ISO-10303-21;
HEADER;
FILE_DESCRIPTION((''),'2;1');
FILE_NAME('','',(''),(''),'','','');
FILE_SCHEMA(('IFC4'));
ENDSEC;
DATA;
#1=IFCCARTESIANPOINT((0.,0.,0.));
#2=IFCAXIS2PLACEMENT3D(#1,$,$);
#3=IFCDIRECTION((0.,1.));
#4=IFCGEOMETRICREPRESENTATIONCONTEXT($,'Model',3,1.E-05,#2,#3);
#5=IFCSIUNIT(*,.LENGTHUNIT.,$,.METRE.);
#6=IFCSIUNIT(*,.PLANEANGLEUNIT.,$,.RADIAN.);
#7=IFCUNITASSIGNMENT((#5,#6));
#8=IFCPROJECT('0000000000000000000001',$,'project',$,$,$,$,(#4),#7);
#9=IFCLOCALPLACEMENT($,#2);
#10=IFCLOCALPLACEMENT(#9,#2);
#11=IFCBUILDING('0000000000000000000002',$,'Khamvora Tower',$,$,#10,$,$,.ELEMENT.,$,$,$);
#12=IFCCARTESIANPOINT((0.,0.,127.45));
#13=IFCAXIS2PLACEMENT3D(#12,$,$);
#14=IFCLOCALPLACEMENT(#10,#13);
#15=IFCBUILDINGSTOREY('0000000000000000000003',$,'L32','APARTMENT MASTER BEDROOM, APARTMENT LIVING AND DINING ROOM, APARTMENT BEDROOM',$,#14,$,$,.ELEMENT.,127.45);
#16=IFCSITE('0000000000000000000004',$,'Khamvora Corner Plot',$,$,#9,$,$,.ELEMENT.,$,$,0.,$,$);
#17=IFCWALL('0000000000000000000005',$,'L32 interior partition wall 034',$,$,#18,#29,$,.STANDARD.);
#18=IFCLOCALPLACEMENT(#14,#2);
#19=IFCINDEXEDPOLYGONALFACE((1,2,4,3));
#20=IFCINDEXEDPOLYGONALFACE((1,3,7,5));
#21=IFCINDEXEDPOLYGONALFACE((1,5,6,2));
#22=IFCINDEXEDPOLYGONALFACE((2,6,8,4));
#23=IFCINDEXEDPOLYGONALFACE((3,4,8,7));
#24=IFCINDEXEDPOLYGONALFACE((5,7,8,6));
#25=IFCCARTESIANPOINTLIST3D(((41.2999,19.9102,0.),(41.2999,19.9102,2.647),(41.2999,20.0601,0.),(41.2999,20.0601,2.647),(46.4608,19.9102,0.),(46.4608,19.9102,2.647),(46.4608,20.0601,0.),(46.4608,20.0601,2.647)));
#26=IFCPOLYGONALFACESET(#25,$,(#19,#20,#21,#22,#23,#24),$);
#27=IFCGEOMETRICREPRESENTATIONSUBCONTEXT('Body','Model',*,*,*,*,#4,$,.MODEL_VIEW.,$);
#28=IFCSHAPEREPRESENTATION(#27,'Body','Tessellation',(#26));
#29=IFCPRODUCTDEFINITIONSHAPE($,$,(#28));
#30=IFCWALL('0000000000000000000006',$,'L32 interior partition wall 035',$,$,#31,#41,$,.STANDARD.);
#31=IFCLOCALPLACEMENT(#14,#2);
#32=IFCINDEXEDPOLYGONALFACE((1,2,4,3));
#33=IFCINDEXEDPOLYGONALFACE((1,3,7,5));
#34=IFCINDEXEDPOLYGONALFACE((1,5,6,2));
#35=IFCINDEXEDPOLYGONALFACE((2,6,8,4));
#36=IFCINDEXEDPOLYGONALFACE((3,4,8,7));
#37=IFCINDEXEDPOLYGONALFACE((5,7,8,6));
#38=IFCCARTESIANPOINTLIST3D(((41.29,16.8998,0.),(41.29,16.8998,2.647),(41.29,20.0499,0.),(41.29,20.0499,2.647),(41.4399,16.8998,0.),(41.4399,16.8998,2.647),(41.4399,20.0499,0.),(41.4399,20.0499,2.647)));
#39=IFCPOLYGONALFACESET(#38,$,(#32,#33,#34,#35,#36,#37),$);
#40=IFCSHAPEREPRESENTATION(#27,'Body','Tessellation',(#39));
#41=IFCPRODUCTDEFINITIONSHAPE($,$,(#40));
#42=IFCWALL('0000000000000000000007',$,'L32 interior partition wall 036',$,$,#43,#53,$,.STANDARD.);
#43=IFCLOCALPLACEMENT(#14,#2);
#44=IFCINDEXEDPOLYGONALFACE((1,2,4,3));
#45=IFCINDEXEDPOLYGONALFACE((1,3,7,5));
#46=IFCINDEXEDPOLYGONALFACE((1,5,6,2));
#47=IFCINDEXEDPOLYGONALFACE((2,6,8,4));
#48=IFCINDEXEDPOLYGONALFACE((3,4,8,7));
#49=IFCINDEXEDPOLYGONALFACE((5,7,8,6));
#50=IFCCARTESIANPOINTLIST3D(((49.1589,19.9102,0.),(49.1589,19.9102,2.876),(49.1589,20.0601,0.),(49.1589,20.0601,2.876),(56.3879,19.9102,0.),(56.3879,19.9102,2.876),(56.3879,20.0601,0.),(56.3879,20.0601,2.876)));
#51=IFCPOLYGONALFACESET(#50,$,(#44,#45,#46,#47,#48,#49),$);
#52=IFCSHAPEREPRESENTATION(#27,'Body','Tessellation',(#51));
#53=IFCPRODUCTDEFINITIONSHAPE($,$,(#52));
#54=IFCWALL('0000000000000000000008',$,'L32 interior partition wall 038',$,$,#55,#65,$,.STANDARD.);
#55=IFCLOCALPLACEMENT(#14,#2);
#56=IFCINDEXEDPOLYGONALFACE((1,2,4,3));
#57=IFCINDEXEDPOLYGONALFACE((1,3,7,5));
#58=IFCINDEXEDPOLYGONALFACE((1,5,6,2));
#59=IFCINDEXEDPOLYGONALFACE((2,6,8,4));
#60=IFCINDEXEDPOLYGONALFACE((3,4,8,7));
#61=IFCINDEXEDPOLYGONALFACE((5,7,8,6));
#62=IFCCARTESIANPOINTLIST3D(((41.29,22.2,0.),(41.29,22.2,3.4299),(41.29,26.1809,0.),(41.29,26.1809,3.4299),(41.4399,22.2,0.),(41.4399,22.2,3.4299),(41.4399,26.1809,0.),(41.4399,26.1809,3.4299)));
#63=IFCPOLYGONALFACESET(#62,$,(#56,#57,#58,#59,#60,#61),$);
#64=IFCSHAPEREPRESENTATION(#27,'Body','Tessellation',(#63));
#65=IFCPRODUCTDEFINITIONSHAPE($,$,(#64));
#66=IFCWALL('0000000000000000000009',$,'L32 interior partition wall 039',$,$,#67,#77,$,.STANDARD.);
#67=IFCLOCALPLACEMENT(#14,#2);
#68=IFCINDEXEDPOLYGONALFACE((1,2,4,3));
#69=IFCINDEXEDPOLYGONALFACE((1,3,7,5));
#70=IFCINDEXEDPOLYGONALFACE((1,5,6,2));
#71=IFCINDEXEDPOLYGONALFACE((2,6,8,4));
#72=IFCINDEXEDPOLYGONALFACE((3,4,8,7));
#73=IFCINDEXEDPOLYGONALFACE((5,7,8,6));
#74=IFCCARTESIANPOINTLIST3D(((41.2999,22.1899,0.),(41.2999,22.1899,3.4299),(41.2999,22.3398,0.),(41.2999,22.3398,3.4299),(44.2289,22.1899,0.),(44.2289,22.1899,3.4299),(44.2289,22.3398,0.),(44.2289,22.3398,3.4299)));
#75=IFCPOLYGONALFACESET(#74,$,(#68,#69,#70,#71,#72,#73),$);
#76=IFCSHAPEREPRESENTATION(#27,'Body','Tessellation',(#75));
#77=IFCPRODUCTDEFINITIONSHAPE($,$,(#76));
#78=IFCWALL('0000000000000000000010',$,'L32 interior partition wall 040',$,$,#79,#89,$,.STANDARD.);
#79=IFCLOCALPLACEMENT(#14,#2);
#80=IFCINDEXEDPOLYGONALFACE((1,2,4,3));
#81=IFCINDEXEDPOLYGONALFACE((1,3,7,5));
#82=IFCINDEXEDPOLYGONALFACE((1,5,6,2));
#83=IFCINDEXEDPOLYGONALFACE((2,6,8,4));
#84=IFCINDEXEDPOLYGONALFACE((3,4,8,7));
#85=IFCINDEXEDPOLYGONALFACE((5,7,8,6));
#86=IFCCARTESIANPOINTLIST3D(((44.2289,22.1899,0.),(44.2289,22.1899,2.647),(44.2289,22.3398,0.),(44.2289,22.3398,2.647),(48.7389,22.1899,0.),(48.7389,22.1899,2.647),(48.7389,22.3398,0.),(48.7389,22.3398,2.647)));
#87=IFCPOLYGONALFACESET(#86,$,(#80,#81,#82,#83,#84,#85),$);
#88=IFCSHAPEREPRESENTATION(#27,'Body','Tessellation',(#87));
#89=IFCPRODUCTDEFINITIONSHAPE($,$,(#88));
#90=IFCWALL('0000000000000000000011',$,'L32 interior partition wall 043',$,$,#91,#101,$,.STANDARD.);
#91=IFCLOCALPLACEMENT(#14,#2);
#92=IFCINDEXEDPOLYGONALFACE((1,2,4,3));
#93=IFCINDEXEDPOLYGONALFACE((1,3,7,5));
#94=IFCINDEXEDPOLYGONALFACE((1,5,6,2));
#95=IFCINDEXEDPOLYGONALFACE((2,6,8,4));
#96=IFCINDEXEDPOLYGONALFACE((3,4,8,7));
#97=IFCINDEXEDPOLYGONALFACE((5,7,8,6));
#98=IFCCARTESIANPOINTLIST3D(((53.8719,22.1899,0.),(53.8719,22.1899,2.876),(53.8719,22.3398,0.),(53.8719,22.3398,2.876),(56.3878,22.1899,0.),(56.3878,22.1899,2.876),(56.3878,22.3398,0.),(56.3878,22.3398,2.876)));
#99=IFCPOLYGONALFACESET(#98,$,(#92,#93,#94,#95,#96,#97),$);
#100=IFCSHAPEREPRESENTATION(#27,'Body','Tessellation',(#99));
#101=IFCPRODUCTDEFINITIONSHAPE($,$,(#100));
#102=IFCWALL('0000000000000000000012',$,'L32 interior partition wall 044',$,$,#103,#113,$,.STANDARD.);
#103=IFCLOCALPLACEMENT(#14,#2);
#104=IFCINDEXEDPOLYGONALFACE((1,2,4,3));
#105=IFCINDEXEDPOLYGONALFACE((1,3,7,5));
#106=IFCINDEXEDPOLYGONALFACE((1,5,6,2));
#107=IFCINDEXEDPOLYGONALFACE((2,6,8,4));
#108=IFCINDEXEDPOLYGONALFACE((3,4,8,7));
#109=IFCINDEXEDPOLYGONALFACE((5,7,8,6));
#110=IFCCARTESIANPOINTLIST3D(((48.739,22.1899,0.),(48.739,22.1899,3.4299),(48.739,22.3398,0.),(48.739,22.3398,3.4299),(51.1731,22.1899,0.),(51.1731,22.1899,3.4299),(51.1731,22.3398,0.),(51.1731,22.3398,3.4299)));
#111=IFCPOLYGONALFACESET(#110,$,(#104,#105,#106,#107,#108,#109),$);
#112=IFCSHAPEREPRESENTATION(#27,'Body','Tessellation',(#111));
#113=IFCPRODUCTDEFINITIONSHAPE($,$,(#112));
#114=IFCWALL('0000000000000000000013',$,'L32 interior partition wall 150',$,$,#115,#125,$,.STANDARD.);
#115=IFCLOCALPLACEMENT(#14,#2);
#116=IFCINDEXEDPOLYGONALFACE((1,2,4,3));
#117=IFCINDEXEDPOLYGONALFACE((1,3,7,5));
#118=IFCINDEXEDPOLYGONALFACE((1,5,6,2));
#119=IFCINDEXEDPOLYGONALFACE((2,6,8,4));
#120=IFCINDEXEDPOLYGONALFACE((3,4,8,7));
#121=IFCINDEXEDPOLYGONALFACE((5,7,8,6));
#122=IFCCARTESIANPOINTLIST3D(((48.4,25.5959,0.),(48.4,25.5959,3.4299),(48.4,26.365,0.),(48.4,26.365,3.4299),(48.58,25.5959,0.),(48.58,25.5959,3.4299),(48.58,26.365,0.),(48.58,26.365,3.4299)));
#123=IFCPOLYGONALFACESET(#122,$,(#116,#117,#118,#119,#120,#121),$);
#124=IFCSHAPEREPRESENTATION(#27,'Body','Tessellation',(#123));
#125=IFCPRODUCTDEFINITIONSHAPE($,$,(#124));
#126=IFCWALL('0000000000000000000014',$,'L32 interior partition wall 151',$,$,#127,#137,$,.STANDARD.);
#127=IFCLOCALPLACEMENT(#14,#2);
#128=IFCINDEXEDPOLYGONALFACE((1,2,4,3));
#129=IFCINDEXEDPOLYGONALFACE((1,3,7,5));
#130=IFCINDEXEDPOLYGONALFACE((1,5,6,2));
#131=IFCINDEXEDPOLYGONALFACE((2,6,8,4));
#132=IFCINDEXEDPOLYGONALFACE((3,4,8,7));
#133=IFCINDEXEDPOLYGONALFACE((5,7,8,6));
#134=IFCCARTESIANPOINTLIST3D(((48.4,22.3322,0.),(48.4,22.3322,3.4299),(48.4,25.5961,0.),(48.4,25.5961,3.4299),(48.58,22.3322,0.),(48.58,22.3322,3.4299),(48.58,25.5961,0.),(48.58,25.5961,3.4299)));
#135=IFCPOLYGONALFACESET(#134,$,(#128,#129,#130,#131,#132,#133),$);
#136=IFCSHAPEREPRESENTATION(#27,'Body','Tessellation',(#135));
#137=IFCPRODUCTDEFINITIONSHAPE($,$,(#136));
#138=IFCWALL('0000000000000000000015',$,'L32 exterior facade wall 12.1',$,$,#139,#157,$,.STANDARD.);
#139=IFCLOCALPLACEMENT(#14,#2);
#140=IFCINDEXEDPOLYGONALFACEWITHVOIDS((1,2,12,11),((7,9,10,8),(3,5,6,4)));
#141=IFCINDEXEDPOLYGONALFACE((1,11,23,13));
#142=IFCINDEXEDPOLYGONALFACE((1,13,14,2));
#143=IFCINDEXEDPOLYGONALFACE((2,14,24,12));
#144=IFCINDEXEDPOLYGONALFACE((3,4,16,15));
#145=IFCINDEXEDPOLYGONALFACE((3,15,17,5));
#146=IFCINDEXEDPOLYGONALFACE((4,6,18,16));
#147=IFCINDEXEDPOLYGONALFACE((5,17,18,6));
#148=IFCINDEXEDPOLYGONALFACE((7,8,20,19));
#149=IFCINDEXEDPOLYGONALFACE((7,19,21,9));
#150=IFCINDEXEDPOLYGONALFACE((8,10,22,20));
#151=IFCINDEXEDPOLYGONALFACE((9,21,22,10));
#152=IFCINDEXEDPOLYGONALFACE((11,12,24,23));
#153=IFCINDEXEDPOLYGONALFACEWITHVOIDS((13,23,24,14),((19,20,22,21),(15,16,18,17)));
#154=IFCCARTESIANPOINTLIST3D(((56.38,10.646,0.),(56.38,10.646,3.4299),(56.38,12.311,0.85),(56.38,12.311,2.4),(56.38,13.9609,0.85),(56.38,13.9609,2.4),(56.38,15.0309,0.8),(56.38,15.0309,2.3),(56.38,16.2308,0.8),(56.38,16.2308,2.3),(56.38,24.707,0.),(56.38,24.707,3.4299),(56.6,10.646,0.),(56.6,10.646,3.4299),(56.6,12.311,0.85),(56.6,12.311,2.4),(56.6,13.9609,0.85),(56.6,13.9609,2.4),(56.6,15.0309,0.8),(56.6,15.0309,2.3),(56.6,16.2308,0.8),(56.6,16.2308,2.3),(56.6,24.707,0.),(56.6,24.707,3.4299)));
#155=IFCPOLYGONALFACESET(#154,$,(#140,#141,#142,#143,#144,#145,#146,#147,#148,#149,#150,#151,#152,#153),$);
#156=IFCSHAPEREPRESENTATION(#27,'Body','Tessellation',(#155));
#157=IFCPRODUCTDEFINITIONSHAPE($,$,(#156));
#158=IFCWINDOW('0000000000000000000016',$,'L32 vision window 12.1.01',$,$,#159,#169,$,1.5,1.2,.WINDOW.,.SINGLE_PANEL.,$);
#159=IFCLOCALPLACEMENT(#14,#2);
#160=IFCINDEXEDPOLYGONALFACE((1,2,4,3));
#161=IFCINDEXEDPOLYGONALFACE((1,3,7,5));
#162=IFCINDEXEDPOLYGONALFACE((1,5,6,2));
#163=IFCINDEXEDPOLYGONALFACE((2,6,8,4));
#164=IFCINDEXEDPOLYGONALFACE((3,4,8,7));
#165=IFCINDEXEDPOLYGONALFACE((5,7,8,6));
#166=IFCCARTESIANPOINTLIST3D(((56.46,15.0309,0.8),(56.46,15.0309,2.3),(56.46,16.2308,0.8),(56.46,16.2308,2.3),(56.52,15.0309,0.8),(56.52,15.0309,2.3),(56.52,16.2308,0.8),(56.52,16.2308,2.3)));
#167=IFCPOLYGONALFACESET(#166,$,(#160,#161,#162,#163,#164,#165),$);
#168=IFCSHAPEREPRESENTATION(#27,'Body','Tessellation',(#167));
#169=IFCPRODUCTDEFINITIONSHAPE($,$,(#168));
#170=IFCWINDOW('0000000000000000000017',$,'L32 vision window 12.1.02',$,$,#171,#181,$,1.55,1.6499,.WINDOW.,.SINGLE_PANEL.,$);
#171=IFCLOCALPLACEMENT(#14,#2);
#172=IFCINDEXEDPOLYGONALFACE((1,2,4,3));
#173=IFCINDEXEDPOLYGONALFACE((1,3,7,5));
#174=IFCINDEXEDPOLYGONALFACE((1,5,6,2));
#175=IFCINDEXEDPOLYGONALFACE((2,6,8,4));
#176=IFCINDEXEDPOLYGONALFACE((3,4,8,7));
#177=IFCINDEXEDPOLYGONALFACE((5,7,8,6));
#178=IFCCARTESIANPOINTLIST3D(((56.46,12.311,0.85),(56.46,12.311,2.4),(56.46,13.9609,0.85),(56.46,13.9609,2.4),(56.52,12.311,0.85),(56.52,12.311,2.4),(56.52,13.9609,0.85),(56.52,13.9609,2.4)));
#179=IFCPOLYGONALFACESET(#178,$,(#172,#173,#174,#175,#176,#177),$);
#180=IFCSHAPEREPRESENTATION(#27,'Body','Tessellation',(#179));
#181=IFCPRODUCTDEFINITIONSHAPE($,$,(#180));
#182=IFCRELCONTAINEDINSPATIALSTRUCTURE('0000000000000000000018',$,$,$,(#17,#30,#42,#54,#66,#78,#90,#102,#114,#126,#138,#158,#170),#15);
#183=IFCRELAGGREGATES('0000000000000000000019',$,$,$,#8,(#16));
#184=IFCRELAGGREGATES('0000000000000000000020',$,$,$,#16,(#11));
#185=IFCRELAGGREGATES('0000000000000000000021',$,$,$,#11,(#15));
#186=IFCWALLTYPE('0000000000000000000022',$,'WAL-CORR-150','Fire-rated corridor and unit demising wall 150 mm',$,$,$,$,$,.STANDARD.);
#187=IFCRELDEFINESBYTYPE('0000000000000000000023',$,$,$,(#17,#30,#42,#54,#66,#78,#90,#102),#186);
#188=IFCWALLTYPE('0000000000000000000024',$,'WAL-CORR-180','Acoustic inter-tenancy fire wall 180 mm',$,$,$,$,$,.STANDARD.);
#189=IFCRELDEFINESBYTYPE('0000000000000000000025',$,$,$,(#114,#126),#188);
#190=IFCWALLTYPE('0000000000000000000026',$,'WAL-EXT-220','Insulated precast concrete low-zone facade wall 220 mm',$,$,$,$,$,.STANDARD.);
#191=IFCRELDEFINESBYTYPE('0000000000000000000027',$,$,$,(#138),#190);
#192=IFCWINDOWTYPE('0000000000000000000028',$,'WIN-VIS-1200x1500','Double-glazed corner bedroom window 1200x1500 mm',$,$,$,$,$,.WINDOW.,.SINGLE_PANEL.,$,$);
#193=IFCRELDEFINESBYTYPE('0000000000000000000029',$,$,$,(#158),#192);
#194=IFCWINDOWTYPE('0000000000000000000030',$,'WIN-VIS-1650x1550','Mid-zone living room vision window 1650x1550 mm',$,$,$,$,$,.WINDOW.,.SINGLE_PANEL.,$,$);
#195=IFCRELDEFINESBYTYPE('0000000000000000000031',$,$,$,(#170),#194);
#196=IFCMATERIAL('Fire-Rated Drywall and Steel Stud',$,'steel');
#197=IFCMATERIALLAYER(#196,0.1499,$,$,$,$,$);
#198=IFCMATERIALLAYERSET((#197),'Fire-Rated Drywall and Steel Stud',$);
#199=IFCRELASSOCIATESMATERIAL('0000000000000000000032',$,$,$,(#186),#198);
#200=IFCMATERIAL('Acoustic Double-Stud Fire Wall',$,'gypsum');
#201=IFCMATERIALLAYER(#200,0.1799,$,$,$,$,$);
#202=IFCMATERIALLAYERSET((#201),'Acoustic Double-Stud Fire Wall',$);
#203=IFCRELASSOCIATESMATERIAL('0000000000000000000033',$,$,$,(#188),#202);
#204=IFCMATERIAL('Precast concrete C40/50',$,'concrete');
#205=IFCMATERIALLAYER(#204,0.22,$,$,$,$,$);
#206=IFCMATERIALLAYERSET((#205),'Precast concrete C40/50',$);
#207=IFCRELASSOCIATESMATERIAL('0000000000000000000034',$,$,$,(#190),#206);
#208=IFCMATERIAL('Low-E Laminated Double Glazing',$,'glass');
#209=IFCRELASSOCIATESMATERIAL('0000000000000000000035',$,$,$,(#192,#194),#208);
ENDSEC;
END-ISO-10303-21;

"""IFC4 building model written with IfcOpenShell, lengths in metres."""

from ifc_helpers import new_model, si_unit, direction, frame, frame_2d, origin, place, context, subcontext, project, spatial, rectangle, extrude, material, layer, layer_set, type_object, element, fill, save


model = new_model("IFC4")

# Units and contexts
model_context = context("Model", 3, precision=1e-05, world=origin(), true_north=direction((0.0, 1.0)))
body_context = subcontext(model_context, "Body", "Model", "MODEL_VIEW")
ifc_project = project(units=[si_unit("LENGTHUNIT", "METRE"), si_unit("PLANEANGLEUNIT", "RADIAN")], contexts=[model_context])

# Site, building, storey
site_placement = place(None, origin())
site = spatial("IfcSite", under=ifc_project, at=site_placement, Name="Khamvora Corner Plot", CompositionType="ELEMENT", RefElevation=0.0)
building_placement = place(site_placement, origin())
building = spatial("IfcBuilding", under=site, at=building_placement, Name="Khamvora Tower", CompositionType="ELEMENT")
storey_placement = place(building_placement, frame((0.0, 0.0, 127.45)))
storey = spatial("IfcBuildingStorey", under=building, at=storey_placement, Name="L32", Description="APARTMENT MASTER BEDROOM, APARTMENT LIVING AND DINING ROOM, APARTMENT BEDROOM", CompositionType="ELEMENT", Elevation=127.45)

# Shared definitions
ifc_material_1 = material(Name="Fire-Rated Drywall and Steel Stud", Category="steel")
ifc_layer_1 = layer(ifc_material_1, 0.1499)
ifc_layer_set_1 = layer_set([ifc_layer_1], Name="Fire-Rated Drywall and Steel Stud")
wall_type_1 = type_object("IfcWallType", Name="WAL-CORR-150", Description="Fire-rated corridor and unit demising wall 150 mm", PredefinedType="STANDARD", material=ifc_layer_set_1)

# Walls
wall_1_placement = place(storey_placement, frame((46.4609, 19.9851, 0.0), z_axis=(0.0, 0.0, 1.0), x_axis=(-1.0, 0.0, 0.0)))
element("IfcWall", 1, at=wall_1_placement, inside=storey, type_object=wall_type_1, Name="L32 interior partition wall 034", PredefinedType="STANDARD", context=body_context, shape_type="SweptSolid", body=[
    extrude(rectangle(XDim=5.1609, YDim=0.1499, at=frame_2d((2.5806, 0.0))), origin(), (0.0, 0.0, 1.0), 2.647),
])
wall_2_placement = place(storey_placement, frame((41.365, 20.05, 0.0), z_axis=(0.0, 0.0, 1.0), x_axis=(0.0, -1.0, 0.0)))
element("IfcWall", 2, at=wall_2_placement, inside=storey, type_object=wall_type_1, Name="L32 interior partition wall 035", PredefinedType="STANDARD", context=body_context, shape_type="SweptSolid", body=[
    extrude(rectangle(XDim=3.1501, YDim=0.1499, at=frame_2d((1.5752, 0.0))), origin(), (0.0, 0.0, 1.0), 2.647),
])
wall_3_placement = place(storey_placement, frame((56.3879, 19.9851, 0.0), z_axis=(0.0, 0.0, 1.0), x_axis=(-1.0, 0.0, 0.0)))
element("IfcWall", 3, at=wall_3_placement, inside=storey, type_object=wall_type_1, Name="L32 interior partition wall 036", PredefinedType="STANDARD", context=body_context, shape_type="SweptSolid", body=[
    extrude(rectangle(XDim=7.229, YDim=0.1499, at=frame_2d((3.6145, 0.0))), origin(), (0.0, 0.0, 1.0), 2.876),
])
wall_4_placement = place(storey_placement, frame((41.365, 26.1809, 0.0), z_axis=(0.0, 0.0, 1.0), x_axis=(0.0, -1.0, 0.0)))
element("IfcWall", 4, at=wall_4_placement, inside=storey, type_object=wall_type_1, Name="L32 interior partition wall 038", PredefinedType="STANDARD", context=body_context, shape_type="SweptSolid", body=[
    extrude(rectangle(XDim=3.981, YDim=0.1499, at=frame_2d((1.9905, 0.0))), origin(), (0.0, 0.0, 1.0), 3.4299),
])
wall_5_placement = place(storey_placement, frame((41.3, 22.2649, 0.0), z_axis=(0.0, 0.0, 1.0), x_axis=(1.0, 0.0, 0.0)))
element("IfcWall", 5, at=wall_5_placement, inside=storey, type_object=wall_type_1, Name="L32 interior partition wall 039", PredefinedType="STANDARD", context=body_context, shape_type="SweptSolid", body=[
    extrude(rectangle(XDim=2.929, YDim=0.1499, at=frame_2d((1.4644, 0.0))), origin(), (0.0, 0.0, 1.0), 3.4299),
])
wall_6_placement = place(storey_placement, frame((44.229, 22.2649, 0.0), z_axis=(0.0, 0.0, 1.0), x_axis=(1.0, 0.0, 0.0)))
element("IfcWall", 6, at=wall_6_placement, inside=storey, type_object=wall_type_1, Name="L32 interior partition wall 040", PredefinedType="STANDARD", context=body_context, shape_type="SweptSolid", body=[
    extrude(rectangle(XDim=4.51, YDim=0.1499, at=frame_2d((2.2549, 0.0))), origin(), (0.0, 0.0, 1.0), 2.647),
])

# Walls
wall_7_placement = place(storey_placement, frame((53.8721, 22.2649, 0.0), z_axis=(0.0, 0.0, 1.0), x_axis=(1.0, 0.0, 0.0)))
element("IfcWall", 7, at=wall_7_placement, inside=storey, type_object=wall_type_1, Name="L32 interior partition wall 043", PredefinedType="STANDARD", context=body_context, shape_type="SweptSolid", body=[
    extrude(rectangle(XDim=2.5159, YDim=0.1499, at=frame_2d((1.2578, 0.0))), origin(), (0.0, 0.0, 1.0), 2.876),
])
wall_8_placement = place(storey_placement, frame((48.739, 22.2649, 0.0), z_axis=(0.0, 0.0, 1.0), x_axis=(1.0, 0.0, 0.0)))
element("IfcWall", 8, at=wall_8_placement, inside=storey, type_object=wall_type_1, Name="L32 interior partition wall 044", PredefinedType="STANDARD", context=body_context, shape_type="SweptSolid", body=[
    extrude(rectangle(XDim=2.4341, YDim=0.1499, at=frame_2d((1.217, 0.0))), origin(), (0.0, 0.0, 1.0), 3.4299),
])
ifc_material_2 = material(Name="Acoustic Double-Stud Fire Wall", Category="gypsum")
ifc_layer_2 = layer(ifc_material_2, 0.1799)
ifc_layer_set_2 = layer_set([ifc_layer_2], Name="Acoustic Double-Stud Fire Wall")
wall_type_2 = type_object("IfcWallType", Name="WAL-CORR-180", Description="Acoustic inter-tenancy fire wall 180 mm", PredefinedType="STANDARD", material=ifc_layer_set_2)
wall_9_placement = place(storey_placement, frame((48.49, 26.365, 0.0), z_axis=(0.0, 0.0, 1.0), x_axis=(0.0, -1.0, 0.0)))
element("IfcWall", 9, at=wall_9_placement, inside=storey, type_object=wall_type_2, Name="L32 interior partition wall 150", PredefinedType="STANDARD", context=body_context, shape_type="SweptSolid", body=[
    extrude(rectangle(XDim=0.769, YDim=0.1799, at=frame_2d((0.3845, 0.0))), origin(), (0.0, 0.0, 1.0), 3.4299),
])
wall_10_placement = place(storey_placement, frame((48.49, 25.5959, 0.0), z_axis=(0.0, 0.0, 1.0), x_axis=(0.0, -1.0, 0.0)))
element("IfcWall", 10, at=wall_10_placement, inside=storey, type_object=wall_type_2, Name="L32 interior partition wall 151", PredefinedType="STANDARD", context=body_context, shape_type="SweptSolid", body=[
    extrude(rectangle(XDim=3.2639, YDim=0.1799, at=frame_2d((1.6318, 0.0))), origin(), (0.0, 0.0, 1.0), 3.4299),
])

# Wall, openings, windows
ifc_material_3 = material(Name="Precast concrete C40/50", Category="concrete")
ifc_layer_3 = layer(ifc_material_3, 0.22)
ifc_layer_set_3 = layer_set([ifc_layer_3], Name="Precast concrete C40/50")
wall_type_3 = type_object("IfcWallType", Name="WAL-EXT-220", Description="Insulated precast concrete low-zone facade wall 220 mm", PredefinedType="STANDARD", material=ifc_layer_set_3)
wall_11_placement = place(storey_placement, frame((56.49, 24.707, 0.0), z_axis=(0.0, 0.0, 1.0), x_axis=(0.0, -1.0, 0.0)))
wall_11 = element("IfcWall", 11, at=wall_11_placement, inside=storey, type_object=wall_type_3, Name="L32 exterior facade wall 12.1", PredefinedType="STANDARD", context=body_context, shape_type="SweptSolid", body=[
    extrude(rectangle(XDim=14.061, YDim=0.22, at=frame_2d((7.0305, 0.0))), origin(), (0.0, 0.0, 1.0), 3.4299),
])
opening_1_placement = place(wall_11_placement, frame((8.4761, 0.0, 0.8)))
opening_1 = element("IfcOpeningElement", 12, at=opening_1_placement, cuts=wall_11, PredefinedType="OPENING", context=body_context, shape_type="SweptSolid", body=[
    extrude(rectangle(XDim=1.2, YDim=1.5, at=frame_2d((0.6001, 0.75))), frame((0.0, 0.1199, 0.0), z_axis=(0.0, -1.0, 0.0), x_axis=(1.0, 0.0, 0.0)), (0.0, 0.0, 1.0), 0.24),
])
opening_2_placement = place(wall_11_placement, frame((10.7461, 0.0, 0.8501)))
opening_2 = element("IfcOpeningElement", 13, at=opening_2_placement, cuts=wall_11, PredefinedType="OPENING", context=body_context, shape_type="SweptSolid", body=[
    extrude(rectangle(XDim=1.6499, YDim=1.55, at=frame_2d((0.825, 0.7749))), frame((0.0, 0.1199, 0.0), z_axis=(0.0, -1.0, 0.0), x_axis=(1.0, 0.0, 0.0)), (0.0, 0.0, 1.0), 0.24),
])
ifc_material_4 = material(Name="Low-E Laminated Double Glazing", Category="glass")
window_type_1 = type_object("IfcWindowType", Name="WIN-VIS-1200x1500", Description="Double-glazed corner bedroom window 1200x1500 mm", PartitioningType="SINGLE_PANEL", PredefinedType="WINDOW", material=ifc_material_4)
window_1_placement = place(opening_1_placement, origin())
window_1 = element("IfcWindow", 14, at=window_1_placement, inside=storey, type_object=window_type_1, Name="L32 vision window 12.1.01", OverallHeight=1.5, OverallWidth=1.2, PartitioningType="SINGLE_PANEL", PredefinedType="WINDOW", context=body_context, shape_type="SweptSolid", body=[
    extrude(rectangle(XDim=1.2, YDim=1.5, at=frame_2d((0.6001, 0.75))), frame((0.0, 0.03, 0.0), z_axis=(0.0, -1.0, 0.0), x_axis=(1.0, 0.0, 0.0)), (0.0, 0.0, 1.0), 0.0601),
])
fill(opening_1, window_1)
window_type_2 = type_object("IfcWindowType", Name="WIN-VIS-1650x1550", Description="Mid-zone living room vision window 1650x1550 mm", PartitioningType="SINGLE_PANEL", PredefinedType="WINDOW", material=ifc_material_4)
window_2_placement = place(opening_2_placement, origin())
window_2 = element("IfcWindow", 15, at=window_2_placement, inside=storey, type_object=window_type_2, Name="L32 vision window 12.1.02", OverallHeight=1.55, OverallWidth=1.6499, PartitioningType="SINGLE_PANEL", PredefinedType="WINDOW", context=body_context, shape_type="SweptSolid", body=[
    extrude(rectangle(XDim=1.6499, YDim=1.55, at=frame_2d((0.825, 0.7749))), frame((0.0, 0.03, 0.0), z_axis=(0.0, -1.0, 0.0), x_axis=(1.0, 0.0, 0.0)), (0.0, 0.0, 1.0), 0.0601),
])
fill(opening_2, window_2)

save(model, "model.ifc")
